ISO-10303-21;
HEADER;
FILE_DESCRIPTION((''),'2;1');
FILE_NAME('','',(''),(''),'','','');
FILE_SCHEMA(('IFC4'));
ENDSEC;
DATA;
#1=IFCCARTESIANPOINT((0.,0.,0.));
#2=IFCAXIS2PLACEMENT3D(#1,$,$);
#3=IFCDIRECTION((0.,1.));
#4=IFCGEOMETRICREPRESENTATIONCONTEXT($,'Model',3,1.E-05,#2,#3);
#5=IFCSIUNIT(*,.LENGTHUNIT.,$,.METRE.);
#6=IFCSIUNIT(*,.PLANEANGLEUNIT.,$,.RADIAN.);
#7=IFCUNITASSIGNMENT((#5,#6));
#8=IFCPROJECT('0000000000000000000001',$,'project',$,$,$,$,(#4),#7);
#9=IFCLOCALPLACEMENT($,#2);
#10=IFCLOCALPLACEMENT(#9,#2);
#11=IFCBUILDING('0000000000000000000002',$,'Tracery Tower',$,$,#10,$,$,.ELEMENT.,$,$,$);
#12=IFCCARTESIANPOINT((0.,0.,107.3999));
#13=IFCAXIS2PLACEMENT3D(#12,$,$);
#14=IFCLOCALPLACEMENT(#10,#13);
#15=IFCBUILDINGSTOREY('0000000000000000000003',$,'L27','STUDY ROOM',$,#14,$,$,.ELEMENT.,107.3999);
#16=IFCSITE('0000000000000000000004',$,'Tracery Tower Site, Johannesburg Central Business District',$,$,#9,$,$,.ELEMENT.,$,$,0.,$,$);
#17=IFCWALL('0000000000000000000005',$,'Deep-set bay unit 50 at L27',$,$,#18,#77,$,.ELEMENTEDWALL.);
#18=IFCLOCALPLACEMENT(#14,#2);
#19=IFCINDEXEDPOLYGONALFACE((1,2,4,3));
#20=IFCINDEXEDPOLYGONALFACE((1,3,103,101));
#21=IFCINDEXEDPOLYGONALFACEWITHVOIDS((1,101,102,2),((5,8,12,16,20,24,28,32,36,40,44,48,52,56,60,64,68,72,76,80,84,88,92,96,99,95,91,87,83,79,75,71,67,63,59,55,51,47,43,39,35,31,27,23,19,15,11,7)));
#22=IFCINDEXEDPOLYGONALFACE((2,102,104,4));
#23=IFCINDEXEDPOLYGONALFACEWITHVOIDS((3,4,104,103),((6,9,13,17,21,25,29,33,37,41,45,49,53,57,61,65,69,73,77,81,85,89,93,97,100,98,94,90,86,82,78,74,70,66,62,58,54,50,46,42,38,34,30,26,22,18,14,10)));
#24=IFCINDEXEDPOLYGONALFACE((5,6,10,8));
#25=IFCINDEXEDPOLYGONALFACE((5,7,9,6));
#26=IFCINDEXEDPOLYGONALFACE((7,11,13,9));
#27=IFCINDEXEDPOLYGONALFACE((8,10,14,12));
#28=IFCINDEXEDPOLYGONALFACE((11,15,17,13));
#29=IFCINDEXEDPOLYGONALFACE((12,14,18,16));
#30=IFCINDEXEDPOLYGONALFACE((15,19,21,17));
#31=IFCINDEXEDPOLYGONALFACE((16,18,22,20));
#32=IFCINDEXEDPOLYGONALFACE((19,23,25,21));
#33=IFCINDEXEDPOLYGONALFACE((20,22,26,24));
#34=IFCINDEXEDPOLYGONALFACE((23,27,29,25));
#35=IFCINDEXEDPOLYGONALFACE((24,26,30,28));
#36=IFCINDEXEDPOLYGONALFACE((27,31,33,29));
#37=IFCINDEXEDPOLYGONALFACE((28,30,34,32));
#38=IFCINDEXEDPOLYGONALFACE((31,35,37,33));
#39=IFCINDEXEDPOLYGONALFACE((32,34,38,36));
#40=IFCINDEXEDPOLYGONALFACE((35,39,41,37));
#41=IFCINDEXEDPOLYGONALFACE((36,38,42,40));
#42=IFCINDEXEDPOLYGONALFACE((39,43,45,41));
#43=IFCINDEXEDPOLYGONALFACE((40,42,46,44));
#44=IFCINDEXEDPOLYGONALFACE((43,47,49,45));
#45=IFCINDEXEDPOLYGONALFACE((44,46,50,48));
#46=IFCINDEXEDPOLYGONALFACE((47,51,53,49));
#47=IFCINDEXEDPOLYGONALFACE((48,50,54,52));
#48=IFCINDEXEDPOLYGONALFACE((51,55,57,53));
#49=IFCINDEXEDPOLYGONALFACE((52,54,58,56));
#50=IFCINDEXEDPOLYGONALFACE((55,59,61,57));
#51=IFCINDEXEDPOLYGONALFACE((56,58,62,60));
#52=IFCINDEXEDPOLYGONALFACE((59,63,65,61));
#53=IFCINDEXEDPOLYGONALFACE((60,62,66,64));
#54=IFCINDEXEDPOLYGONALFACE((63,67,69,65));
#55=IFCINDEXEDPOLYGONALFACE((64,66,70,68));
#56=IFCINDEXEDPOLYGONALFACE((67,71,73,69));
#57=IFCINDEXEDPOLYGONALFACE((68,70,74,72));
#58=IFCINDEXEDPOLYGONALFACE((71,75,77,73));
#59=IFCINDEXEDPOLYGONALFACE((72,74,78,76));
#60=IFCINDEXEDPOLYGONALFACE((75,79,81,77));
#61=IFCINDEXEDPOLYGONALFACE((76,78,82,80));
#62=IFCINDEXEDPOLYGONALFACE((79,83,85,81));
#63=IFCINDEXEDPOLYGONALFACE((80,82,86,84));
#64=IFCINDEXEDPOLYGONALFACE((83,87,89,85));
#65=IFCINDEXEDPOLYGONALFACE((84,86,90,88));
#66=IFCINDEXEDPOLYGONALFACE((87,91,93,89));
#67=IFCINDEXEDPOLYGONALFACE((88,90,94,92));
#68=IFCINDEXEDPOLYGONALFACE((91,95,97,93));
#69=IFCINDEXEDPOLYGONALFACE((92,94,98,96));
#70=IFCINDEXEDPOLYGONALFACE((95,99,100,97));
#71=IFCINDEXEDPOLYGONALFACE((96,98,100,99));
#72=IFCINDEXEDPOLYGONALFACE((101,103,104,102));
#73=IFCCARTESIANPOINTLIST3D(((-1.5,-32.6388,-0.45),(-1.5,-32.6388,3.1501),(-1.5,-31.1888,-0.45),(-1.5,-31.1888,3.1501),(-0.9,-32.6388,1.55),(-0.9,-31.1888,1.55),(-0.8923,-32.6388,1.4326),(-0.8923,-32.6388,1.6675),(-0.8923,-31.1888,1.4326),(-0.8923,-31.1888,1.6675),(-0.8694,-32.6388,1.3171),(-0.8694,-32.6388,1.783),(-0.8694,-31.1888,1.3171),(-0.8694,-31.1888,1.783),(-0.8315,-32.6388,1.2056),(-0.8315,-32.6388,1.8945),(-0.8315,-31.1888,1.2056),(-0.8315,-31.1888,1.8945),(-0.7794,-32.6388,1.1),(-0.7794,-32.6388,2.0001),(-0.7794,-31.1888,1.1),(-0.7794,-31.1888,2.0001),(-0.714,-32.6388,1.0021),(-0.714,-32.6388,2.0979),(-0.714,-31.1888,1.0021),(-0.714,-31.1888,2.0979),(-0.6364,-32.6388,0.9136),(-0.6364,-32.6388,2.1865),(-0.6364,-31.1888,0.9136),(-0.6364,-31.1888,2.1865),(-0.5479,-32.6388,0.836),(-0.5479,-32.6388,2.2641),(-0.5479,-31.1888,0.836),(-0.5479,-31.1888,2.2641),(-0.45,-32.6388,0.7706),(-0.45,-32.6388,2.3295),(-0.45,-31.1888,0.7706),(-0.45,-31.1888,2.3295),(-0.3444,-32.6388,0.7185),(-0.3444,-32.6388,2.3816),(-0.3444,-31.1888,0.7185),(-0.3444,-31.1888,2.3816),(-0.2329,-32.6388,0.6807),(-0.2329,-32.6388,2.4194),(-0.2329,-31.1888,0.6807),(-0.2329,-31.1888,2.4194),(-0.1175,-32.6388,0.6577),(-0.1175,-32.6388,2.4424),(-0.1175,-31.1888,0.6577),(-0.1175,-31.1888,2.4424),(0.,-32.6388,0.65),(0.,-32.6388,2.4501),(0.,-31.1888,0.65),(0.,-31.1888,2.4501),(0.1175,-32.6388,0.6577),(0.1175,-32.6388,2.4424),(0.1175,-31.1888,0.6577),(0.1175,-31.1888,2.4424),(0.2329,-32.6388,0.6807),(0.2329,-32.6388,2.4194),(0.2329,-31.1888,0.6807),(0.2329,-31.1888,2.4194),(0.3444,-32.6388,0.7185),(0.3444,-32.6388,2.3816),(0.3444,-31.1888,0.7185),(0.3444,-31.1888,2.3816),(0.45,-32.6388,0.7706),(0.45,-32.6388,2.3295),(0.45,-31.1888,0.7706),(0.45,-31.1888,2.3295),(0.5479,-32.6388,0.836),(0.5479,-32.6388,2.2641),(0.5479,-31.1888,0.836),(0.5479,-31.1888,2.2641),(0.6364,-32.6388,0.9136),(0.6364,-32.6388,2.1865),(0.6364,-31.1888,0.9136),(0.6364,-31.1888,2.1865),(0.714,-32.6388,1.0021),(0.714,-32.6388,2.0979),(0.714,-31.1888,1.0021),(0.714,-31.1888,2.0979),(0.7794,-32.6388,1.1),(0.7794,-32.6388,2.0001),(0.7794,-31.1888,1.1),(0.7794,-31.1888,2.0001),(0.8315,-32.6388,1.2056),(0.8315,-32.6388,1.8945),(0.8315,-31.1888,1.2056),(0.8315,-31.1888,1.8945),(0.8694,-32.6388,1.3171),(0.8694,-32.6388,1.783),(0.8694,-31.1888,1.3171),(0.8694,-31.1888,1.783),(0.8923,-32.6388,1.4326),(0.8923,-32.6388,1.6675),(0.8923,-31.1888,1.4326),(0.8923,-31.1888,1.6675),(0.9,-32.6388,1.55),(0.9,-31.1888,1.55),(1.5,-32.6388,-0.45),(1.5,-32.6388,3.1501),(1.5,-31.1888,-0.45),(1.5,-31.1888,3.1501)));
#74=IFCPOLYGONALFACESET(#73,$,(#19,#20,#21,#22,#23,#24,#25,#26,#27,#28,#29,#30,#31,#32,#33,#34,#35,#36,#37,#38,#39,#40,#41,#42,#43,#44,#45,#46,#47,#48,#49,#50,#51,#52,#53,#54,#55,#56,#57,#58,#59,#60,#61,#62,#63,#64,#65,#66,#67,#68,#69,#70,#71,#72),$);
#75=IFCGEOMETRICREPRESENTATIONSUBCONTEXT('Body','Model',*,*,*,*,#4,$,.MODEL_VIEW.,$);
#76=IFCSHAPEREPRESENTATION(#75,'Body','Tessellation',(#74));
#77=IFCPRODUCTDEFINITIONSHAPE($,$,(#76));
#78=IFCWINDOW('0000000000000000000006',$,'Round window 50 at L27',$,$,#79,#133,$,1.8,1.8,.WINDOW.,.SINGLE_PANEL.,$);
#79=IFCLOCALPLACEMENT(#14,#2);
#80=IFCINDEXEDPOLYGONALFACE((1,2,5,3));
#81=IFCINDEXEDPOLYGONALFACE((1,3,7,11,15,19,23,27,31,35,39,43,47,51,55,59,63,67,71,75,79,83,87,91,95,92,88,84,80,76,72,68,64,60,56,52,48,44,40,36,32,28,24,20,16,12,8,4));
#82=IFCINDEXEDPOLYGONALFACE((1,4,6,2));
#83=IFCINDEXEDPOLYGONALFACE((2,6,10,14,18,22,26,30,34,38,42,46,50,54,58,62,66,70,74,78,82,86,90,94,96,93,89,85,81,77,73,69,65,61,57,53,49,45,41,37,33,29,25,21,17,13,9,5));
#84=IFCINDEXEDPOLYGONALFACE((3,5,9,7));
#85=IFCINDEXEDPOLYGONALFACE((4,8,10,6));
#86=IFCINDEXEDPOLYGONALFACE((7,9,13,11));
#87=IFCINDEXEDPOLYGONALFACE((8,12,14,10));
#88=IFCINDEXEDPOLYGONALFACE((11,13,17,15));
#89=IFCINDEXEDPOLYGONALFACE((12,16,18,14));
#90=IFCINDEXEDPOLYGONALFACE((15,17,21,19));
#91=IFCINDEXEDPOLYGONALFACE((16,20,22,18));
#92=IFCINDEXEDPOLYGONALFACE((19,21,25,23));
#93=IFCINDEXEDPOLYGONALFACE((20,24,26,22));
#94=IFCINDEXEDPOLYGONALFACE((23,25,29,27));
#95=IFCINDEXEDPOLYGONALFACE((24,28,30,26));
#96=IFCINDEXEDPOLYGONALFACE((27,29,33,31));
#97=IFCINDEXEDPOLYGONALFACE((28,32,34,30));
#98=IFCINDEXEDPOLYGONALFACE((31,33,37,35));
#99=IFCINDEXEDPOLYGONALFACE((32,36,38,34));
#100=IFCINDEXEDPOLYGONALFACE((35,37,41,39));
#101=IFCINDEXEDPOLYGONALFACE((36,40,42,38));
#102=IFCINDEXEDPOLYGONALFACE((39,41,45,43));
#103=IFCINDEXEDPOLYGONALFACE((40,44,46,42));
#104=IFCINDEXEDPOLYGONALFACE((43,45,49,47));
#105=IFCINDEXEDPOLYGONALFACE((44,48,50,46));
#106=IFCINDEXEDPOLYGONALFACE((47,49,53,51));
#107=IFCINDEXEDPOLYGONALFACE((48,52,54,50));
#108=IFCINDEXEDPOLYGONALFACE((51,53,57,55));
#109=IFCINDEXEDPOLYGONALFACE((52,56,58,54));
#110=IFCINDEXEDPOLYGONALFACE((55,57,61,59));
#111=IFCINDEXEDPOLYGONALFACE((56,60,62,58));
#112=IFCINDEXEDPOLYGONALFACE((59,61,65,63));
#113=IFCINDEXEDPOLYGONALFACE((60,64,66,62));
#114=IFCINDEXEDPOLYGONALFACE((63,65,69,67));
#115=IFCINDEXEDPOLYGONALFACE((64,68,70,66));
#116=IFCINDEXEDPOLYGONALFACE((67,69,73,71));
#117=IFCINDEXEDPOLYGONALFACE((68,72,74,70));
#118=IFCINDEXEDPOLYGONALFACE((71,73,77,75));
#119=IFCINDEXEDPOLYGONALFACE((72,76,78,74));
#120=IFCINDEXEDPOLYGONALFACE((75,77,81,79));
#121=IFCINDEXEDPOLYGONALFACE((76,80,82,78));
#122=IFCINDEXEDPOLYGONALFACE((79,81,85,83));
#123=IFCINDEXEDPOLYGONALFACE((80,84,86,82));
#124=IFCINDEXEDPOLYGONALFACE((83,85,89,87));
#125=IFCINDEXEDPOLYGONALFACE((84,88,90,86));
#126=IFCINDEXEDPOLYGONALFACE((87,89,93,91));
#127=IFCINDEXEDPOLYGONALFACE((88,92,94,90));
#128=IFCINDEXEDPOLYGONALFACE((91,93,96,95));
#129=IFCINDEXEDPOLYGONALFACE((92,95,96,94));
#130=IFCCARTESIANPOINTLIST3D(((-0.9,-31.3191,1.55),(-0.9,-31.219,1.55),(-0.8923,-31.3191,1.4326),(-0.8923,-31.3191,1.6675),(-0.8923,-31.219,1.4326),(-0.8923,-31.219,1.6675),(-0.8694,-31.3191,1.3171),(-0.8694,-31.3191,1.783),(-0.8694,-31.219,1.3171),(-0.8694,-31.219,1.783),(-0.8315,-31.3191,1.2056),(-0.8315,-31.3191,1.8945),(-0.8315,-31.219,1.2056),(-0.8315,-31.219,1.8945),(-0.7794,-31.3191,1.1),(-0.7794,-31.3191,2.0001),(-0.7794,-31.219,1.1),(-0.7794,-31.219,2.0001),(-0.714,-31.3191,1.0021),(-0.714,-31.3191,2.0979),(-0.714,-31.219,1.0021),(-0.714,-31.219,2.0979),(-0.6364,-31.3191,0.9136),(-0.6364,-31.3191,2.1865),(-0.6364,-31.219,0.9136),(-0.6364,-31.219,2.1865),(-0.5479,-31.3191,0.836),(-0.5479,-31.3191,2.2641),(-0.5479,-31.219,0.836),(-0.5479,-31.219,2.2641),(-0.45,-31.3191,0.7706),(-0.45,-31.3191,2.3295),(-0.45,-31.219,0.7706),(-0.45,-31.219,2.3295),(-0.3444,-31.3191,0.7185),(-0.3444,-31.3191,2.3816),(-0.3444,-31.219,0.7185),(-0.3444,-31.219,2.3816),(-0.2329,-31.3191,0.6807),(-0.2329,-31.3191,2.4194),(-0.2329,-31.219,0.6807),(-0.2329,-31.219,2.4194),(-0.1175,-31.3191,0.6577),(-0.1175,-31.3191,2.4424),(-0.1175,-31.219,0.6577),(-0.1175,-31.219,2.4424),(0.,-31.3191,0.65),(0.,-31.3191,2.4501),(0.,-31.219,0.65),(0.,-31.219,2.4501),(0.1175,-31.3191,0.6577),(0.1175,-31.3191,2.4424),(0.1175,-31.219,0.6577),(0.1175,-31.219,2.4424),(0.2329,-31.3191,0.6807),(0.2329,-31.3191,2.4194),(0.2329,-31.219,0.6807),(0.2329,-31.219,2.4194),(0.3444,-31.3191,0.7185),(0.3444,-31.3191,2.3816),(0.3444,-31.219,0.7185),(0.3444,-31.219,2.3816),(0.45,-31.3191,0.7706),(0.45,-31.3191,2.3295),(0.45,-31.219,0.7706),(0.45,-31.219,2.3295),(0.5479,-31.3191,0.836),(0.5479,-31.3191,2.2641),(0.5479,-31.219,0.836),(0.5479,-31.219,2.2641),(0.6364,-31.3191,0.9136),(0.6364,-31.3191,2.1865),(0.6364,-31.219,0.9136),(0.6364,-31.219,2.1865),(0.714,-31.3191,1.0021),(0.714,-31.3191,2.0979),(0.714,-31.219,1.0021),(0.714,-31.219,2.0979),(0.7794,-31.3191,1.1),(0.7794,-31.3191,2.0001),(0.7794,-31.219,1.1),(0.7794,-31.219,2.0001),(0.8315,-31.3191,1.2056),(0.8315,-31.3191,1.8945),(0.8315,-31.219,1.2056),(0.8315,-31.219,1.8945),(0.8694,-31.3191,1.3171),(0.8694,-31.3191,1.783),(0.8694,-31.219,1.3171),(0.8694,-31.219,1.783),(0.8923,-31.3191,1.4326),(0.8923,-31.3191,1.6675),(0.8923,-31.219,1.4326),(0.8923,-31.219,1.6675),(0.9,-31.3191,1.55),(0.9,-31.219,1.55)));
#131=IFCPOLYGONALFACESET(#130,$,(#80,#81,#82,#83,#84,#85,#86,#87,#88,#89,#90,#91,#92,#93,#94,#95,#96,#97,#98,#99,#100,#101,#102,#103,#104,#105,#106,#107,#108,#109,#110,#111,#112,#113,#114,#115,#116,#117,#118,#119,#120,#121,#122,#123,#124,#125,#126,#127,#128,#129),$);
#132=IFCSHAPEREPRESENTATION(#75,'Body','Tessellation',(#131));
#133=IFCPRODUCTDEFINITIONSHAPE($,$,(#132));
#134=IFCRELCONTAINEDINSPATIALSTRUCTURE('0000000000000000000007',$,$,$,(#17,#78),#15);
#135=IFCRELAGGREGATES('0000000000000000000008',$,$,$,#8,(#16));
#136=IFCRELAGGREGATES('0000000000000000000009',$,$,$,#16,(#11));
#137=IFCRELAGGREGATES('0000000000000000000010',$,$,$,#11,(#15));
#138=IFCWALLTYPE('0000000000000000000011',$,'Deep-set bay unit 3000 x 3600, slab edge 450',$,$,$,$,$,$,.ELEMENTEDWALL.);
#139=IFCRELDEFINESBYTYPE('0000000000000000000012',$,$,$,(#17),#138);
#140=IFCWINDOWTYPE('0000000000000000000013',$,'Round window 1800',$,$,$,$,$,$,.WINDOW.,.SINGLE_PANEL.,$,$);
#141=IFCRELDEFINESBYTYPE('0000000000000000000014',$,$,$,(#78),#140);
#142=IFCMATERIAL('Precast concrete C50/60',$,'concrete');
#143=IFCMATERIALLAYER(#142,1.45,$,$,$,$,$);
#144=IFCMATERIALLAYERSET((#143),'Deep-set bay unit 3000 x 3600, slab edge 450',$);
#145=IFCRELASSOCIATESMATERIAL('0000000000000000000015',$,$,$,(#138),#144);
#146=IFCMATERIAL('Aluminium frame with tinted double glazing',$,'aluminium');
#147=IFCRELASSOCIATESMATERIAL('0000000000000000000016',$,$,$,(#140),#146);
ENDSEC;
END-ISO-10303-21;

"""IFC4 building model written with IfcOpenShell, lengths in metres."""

from ifc_helpers import new_model, si_unit, direction, frame, frame_2d, origin, origin_2d, place, context, subcontext, project, spatial, rectangle, circle, extrude, material, layer, layer_set, type_object, element, fill, save


model = new_model("IFC4")

# Units and contexts
model_context = context("Model", 3, precision=1e-05, world=origin(), true_north=direction((0.0, 1.0)))
body_context = subcontext(model_context, "Body", "Model", "MODEL_VIEW")
ifc_project = project(units=[si_unit("LENGTHUNIT", "METRE"), si_unit("PLANEANGLEUNIT", "RADIAN")], contexts=[model_context])

# Site, building, storey
site_placement = place(None, origin())
site = spatial("IfcSite", under=ifc_project, at=site_placement, Name="Tracery Tower Site, Johannesburg Central Business District", CompositionType="ELEMENT", RefElevation=0.0)
building_placement = place(site_placement, origin())
building = spatial("IfcBuilding", under=site, at=building_placement, Name="Tracery Tower", CompositionType="ELEMENT")
storey_placement = place(building_placement, frame((0.0, 0.0, 107.3999)))
storey = spatial("IfcBuildingStorey", under=building, at=storey_placement, Name="L27", Description="STUDY ROOM", CompositionType="ELEMENT", Elevation=107.3999)

# Wall, opening, window
ifc_material_1 = material(Name="Precast concrete C50/60", Category="concrete")
ifc_layer_1 = layer(ifc_material_1, 1.45)
ifc_layer_set_1 = layer_set([ifc_layer_1], Name="Deep-set bay unit 3000 x 3600, slab edge 450")
wall_type_1 = type_object("IfcWallType", Name="Deep-set bay unit 3000 x 3600, slab edge 450", PredefinedType="ELEMENTEDWALL", material=ifc_layer_set_1)
ifc_material_2 = material(Name="Aluminium frame with tinted double glazing", Category="aluminium")
window_type = type_object("IfcWindowType", Name="Round window 1800", PartitioningType="SINGLE_PANEL", PredefinedType="WINDOW", material=ifc_material_2)
wall_1_placement = place(storey_placement, frame((-1.5, -31.9138, -0.45), z_axis=(0.0, 0.0, 1.0), x_axis=(1.0, 0.0, 0.0)))
wall_1 = element("IfcWall", 1, at=wall_1_placement, inside=storey, type_object=wall_type_1, Name="Deep-set bay unit 50 at L27", PredefinedType="ELEMENTEDWALL", context=body_context, shape_type="SweptSolid", body=[
    extrude(rectangle(XDim=3.0, YDim=1.45, at=frame_2d((1.5, 0.0))), origin(), (0.0, 0.0, 1.0), 3.6001),
])
opening_1_placement = place(wall_1_placement, frame((1.5, 0.0, 2.0)))
opening_1 = element("IfcOpeningElement", 2, at=opening_1_placement, cuts=wall_1, PredefinedType="OPENING", context=body_context, shape_type="SweptSolid", body=[
    extrude(circle(Radius=0.9, at=origin_2d()), frame((0.0, 0.7349, 0.0), z_axis=(0.0, -1.0, 0.0), x_axis=(1.0, 0.0, 0.0)), (0.0, 0.0, 1.0), 1.47),
])
window_1_placement = place(opening_1_placement, origin())
window_1 = element("IfcWindow", 3, at=window_1_placement, inside=storey, type_object=window_type, Name="Round window 50 at L27", OverallHeight=1.8, OverallWidth=1.8, PartitioningType="SINGLE_PANEL", PredefinedType="WINDOW", context=body_context, shape_type="SweptSolid", body=[
    extrude(circle(Radius=0.9, at=origin_2d()), frame((0.0, 0.6948, 0.0), z_axis=(0.0, -1.0, 0.0), x_axis=(1.0, 0.0, 0.0)), (0.0, 0.0, 1.0), 0.1001),
])
fill(opening_1, window_1)

save(model, "model.ifc")
